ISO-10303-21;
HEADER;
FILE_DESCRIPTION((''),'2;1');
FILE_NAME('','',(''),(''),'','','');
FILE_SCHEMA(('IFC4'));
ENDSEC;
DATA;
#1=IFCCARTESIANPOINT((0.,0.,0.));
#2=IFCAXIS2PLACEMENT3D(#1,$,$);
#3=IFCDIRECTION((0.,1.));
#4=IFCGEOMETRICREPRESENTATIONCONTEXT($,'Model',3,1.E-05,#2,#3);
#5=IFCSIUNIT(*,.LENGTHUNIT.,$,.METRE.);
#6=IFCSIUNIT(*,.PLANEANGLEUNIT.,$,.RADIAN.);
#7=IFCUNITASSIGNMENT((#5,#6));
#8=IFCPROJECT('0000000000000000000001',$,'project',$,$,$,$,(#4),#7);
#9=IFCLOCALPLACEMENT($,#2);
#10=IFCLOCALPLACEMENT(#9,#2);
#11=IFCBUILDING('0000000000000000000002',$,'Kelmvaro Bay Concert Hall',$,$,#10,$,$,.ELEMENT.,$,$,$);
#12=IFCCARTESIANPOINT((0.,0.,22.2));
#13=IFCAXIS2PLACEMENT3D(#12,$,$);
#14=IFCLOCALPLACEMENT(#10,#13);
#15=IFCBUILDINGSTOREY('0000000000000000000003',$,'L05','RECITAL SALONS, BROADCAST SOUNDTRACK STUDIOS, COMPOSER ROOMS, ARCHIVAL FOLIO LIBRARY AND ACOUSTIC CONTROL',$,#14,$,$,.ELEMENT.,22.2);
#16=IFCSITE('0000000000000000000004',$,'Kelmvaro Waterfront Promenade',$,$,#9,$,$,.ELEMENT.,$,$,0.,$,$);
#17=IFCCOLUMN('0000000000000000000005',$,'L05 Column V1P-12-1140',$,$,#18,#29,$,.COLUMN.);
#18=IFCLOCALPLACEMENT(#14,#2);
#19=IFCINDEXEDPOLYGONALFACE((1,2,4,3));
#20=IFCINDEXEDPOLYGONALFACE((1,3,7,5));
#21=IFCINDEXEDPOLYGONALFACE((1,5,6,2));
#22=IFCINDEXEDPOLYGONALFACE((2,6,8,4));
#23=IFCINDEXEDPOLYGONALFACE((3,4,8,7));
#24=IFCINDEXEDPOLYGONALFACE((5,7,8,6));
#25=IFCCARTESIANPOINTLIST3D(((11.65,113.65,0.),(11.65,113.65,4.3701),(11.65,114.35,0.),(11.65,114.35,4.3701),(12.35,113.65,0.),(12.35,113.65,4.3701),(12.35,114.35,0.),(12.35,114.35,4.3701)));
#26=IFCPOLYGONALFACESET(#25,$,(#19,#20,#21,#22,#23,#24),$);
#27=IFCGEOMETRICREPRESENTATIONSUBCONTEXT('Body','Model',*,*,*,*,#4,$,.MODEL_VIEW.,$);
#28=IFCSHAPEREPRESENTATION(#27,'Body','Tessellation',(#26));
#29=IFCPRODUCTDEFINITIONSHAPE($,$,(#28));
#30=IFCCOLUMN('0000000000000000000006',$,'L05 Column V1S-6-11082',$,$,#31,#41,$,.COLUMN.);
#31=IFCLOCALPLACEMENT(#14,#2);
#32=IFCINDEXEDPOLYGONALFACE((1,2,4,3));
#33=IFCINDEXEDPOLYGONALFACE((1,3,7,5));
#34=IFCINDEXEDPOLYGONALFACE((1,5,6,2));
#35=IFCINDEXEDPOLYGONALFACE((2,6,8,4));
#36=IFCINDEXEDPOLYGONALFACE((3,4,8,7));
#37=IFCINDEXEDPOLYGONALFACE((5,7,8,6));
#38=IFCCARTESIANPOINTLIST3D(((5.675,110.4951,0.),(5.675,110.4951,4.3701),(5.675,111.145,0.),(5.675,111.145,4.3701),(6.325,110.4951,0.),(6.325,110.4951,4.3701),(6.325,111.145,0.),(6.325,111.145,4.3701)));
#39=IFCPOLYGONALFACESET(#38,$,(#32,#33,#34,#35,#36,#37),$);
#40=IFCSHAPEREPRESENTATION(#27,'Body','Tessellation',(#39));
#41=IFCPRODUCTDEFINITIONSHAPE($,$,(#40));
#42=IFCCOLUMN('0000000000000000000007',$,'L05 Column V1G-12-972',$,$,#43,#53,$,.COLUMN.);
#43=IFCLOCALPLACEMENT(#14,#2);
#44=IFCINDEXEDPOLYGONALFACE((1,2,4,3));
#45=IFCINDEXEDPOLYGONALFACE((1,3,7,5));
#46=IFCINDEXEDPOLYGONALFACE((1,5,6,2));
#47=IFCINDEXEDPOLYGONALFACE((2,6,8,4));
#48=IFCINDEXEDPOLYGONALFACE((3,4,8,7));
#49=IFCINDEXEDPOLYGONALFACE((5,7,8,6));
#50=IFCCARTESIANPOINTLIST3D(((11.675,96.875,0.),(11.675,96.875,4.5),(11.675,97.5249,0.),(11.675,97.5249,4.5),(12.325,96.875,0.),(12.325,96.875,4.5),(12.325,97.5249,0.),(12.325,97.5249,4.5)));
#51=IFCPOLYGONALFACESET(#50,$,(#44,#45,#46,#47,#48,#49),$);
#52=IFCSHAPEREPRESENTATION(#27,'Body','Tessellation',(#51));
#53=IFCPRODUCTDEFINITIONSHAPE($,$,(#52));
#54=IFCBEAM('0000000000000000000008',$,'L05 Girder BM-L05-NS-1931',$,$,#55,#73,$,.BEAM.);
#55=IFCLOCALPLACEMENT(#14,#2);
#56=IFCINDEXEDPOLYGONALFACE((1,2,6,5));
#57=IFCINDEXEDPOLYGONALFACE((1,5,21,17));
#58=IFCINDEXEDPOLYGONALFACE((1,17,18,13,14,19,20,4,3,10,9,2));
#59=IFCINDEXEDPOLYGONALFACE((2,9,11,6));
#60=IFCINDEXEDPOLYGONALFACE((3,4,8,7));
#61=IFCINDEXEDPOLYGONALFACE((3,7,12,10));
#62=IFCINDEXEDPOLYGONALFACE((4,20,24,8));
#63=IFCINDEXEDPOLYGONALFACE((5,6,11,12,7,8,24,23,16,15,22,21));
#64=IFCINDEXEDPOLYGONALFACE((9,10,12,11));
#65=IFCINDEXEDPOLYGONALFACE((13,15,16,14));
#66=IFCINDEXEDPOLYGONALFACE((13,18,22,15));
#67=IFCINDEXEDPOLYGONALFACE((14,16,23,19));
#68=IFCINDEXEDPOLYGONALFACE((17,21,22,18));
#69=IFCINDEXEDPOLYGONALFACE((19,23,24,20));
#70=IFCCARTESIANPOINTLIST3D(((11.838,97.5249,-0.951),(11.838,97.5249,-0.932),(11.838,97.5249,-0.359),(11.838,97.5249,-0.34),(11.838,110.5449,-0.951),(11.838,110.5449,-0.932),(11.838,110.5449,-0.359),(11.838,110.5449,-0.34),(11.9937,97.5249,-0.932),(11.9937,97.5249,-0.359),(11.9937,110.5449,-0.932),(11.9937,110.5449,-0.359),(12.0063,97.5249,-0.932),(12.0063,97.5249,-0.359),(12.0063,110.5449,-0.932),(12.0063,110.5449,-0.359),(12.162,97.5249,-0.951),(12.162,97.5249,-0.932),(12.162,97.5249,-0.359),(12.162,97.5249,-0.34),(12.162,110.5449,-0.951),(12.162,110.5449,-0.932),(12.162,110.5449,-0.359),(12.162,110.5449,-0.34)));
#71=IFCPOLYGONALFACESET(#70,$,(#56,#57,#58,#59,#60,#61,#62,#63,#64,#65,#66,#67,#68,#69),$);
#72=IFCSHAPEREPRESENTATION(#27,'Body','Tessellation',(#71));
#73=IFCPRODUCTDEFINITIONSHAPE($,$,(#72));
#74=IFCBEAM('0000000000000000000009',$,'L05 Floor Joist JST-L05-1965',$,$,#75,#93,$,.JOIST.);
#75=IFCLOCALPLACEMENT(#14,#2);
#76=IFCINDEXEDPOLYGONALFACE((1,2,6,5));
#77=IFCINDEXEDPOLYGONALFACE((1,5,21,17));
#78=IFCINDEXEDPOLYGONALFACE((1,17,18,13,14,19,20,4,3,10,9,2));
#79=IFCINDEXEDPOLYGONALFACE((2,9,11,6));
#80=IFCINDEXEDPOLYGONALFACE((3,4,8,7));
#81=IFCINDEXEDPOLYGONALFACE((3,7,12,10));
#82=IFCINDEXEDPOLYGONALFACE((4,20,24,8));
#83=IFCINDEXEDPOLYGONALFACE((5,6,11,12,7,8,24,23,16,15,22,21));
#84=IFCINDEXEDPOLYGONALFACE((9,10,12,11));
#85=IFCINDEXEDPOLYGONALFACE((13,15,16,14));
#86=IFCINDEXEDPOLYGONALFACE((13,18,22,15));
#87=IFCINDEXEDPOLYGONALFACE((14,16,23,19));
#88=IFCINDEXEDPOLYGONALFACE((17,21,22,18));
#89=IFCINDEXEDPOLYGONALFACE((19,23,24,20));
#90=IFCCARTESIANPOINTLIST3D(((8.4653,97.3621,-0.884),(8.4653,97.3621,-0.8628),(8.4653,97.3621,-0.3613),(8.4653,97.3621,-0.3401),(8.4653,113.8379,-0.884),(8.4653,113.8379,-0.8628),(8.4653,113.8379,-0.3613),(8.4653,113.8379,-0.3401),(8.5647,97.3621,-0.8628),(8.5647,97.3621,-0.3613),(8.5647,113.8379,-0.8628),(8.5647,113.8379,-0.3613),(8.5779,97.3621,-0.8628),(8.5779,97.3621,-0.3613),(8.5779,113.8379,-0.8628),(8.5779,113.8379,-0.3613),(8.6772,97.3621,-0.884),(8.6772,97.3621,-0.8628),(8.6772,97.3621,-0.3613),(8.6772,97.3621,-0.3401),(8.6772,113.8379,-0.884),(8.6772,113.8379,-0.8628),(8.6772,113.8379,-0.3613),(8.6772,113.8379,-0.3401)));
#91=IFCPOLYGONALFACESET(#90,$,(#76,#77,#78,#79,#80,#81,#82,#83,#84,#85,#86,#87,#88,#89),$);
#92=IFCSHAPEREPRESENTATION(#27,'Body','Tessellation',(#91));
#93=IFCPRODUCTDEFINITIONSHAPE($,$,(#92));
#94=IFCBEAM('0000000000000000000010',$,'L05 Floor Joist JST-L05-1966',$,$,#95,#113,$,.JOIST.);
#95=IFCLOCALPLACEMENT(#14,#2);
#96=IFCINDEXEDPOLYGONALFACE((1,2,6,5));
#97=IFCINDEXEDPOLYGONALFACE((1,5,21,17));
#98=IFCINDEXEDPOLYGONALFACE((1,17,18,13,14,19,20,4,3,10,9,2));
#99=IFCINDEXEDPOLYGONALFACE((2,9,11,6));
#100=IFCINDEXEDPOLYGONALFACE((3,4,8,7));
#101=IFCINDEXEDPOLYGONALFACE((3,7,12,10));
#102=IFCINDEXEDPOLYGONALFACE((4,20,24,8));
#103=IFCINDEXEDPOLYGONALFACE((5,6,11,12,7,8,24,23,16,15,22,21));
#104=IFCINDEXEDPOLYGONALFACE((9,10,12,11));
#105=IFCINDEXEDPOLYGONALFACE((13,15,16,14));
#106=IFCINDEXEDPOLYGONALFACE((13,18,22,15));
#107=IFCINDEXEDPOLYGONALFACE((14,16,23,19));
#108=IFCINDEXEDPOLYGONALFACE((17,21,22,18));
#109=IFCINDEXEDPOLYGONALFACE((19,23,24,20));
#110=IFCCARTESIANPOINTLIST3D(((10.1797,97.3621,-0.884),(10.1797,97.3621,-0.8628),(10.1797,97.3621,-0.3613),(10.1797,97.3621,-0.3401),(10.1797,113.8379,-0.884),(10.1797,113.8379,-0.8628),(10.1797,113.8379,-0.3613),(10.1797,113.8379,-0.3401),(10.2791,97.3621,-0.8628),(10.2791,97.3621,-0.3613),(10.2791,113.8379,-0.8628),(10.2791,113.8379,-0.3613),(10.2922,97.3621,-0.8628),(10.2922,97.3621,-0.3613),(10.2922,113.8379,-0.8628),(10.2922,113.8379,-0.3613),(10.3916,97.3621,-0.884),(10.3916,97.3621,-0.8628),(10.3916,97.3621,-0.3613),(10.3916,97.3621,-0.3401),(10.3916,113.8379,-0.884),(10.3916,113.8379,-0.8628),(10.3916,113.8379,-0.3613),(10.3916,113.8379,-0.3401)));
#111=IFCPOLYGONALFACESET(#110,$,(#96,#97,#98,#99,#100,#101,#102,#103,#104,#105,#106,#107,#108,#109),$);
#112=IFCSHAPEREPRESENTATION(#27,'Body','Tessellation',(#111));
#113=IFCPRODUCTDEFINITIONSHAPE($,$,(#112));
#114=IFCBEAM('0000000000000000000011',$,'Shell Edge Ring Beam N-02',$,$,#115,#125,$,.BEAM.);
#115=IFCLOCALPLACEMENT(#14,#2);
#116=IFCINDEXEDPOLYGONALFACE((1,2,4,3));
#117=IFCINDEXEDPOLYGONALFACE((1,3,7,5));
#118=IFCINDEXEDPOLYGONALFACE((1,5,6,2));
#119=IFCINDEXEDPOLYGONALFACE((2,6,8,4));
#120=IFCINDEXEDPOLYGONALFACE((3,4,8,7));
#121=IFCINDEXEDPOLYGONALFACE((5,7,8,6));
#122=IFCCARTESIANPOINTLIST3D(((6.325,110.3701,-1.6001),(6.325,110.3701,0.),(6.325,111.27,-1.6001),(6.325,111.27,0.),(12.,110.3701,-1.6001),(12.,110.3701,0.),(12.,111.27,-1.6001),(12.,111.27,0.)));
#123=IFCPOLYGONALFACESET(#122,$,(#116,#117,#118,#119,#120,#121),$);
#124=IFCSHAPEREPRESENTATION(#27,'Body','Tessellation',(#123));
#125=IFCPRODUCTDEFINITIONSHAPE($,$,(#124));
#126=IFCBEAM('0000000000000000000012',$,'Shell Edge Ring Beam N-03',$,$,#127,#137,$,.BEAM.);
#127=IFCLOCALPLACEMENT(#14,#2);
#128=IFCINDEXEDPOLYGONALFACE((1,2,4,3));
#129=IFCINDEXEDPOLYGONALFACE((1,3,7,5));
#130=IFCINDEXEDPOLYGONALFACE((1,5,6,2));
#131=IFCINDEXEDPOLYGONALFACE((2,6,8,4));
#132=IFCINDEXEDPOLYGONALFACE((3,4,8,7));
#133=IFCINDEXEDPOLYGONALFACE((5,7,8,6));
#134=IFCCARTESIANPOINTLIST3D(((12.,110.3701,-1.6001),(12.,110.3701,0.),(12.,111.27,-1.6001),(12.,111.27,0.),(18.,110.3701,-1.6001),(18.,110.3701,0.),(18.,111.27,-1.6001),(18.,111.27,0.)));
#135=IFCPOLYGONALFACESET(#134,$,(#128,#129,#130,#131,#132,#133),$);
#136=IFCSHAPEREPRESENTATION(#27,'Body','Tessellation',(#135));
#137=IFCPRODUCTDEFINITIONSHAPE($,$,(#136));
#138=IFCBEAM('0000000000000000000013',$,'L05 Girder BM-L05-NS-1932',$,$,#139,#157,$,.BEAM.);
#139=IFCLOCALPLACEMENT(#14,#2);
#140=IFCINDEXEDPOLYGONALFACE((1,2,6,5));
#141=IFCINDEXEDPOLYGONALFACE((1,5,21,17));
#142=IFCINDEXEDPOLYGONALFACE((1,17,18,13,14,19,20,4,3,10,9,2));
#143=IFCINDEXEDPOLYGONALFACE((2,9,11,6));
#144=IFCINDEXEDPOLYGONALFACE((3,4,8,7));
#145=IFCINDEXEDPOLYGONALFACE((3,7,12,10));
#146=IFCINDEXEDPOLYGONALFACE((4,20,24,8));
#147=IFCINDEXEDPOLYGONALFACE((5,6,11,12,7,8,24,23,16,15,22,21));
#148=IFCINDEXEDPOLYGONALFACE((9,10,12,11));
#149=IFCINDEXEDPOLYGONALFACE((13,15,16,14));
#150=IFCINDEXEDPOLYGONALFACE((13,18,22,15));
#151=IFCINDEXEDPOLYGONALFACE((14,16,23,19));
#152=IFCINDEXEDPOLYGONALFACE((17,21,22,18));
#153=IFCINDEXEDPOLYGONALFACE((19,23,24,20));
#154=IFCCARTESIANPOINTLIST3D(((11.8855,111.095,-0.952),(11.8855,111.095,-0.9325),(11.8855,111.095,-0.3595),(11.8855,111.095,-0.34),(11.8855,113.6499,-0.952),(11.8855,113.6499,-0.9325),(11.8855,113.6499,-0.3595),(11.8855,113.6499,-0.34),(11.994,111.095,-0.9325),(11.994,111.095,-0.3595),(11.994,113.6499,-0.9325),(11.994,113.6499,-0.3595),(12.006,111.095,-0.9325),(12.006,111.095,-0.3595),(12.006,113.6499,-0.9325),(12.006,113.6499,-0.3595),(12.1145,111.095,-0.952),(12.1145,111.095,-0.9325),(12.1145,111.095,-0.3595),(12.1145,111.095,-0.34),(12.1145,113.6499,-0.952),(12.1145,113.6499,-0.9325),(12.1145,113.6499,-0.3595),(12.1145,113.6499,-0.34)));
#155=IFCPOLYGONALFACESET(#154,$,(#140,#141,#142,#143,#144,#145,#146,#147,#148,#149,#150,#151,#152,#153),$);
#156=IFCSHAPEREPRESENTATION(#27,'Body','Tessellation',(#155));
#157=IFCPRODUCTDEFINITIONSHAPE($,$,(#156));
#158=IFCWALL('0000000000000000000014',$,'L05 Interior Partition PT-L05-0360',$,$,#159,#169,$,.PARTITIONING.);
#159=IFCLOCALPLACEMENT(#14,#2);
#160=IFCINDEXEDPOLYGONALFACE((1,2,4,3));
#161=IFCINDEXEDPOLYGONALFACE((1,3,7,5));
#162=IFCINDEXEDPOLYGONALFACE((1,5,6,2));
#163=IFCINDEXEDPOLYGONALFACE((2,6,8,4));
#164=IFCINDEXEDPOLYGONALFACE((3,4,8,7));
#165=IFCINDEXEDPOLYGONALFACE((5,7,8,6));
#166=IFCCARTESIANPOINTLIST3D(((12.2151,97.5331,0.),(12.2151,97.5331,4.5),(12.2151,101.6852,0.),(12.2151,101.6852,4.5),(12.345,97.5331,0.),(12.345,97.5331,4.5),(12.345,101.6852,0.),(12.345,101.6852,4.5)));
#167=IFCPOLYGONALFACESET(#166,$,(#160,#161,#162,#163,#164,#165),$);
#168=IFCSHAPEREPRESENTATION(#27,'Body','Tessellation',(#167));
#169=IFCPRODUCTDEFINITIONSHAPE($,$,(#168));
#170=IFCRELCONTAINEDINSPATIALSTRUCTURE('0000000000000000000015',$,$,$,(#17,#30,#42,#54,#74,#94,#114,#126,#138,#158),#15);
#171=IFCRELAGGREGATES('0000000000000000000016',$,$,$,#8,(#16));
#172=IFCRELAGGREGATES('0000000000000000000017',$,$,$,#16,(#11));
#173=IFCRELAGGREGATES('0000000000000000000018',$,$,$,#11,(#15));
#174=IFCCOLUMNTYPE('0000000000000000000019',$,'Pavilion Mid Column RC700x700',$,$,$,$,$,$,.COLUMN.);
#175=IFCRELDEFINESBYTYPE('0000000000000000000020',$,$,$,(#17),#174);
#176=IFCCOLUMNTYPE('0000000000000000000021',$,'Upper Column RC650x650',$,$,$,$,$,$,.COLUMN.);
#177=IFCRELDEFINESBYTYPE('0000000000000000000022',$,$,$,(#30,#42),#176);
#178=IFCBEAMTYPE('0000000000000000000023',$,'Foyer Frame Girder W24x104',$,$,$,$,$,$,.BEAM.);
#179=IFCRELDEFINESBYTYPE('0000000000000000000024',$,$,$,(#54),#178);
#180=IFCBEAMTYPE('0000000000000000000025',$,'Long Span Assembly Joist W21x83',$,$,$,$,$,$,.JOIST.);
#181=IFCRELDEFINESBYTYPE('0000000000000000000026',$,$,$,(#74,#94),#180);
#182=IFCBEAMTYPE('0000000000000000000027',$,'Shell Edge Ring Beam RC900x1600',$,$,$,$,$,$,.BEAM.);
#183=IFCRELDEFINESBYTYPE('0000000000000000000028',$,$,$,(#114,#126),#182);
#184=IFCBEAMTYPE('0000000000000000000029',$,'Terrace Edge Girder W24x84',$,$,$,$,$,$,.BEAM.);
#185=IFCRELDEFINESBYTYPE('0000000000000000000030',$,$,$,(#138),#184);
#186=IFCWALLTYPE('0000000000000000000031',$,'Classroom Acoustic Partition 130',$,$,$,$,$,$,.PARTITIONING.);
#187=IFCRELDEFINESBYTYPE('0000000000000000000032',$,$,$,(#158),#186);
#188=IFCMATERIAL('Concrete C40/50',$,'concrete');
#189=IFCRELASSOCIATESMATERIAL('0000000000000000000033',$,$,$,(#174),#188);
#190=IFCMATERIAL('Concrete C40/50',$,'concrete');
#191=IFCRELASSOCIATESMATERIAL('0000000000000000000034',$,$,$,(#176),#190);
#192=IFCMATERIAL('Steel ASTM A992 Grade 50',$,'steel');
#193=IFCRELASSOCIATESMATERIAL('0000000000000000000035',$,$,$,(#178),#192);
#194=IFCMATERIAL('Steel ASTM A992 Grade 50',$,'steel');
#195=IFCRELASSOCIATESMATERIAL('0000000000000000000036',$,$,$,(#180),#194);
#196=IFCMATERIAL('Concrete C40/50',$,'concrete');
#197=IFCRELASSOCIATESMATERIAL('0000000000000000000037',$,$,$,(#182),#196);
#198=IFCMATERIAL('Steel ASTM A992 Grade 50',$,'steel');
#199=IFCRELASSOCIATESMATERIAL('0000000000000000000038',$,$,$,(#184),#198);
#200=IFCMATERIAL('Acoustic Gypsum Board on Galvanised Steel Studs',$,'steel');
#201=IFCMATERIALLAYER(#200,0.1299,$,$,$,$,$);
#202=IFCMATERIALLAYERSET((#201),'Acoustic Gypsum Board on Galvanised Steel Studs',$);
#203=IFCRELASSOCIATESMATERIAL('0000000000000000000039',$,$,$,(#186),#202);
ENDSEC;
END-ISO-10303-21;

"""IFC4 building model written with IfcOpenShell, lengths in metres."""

from ifc_helpers import new_model, si_unit, direction, frame, frame_2d, origin, origin_2d, place, context, subcontext, project, spatial, rectangle, i_section, extrude, material, layer, layer_set, material_profile, profile_set, type_object, element, save


model = new_model("IFC4")

# Units and contexts
model_context = context("Model", 3, precision=1e-05, world=origin(), true_north=direction((0.0, 1.0)))
body_context = subcontext(model_context, "Body", "Model", "MODEL_VIEW")
ifc_project = project(units=[si_unit("LENGTHUNIT", "METRE"), si_unit("PLANEANGLEUNIT", "RADIAN")], contexts=[model_context])

# Site, building, storey
site_placement = place(None, origin())
site = spatial("IfcSite", under=ifc_project, at=site_placement, Name="Kelmvaro Waterfront Promenade", CompositionType="ELEMENT", RefElevation=0.0)
building_placement = place(site_placement, origin())
building = spatial("IfcBuilding", under=site, at=building_placement, Name="Kelmvaro Bay Concert Hall", CompositionType="ELEMENT")
storey_placement = place(building_placement, frame((0.0, 0.0, 22.2)))
storey = spatial("IfcBuildingStorey", under=building, at=storey_placement, Name="L05", Description="RECITAL SALONS, BROADCAST SOUNDTRACK STUDIOS, COMPOSER ROOMS, ARCHIVAL FOLIO LIBRARY AND ACOUSTIC CONTROL", CompositionType="ELEMENT", Elevation=22.2)

# Columns
ifc_material_1 = material(Name="Concrete C40/50", Category="concrete")
ifc_material_profile_1 = material_profile(ifc_material_1, rectangle(XDim=0.7, YDim=0.7, at=origin_2d()), Name="RC-COL-700X700")
ifc_profile_set_1 = profile_set([ifc_material_profile_1], Name="Concrete C40/50")
column_type_1 = type_object("IfcColumnType", Name="Pavilion Mid Column RC700x700", PredefinedType="COLUMN", material=ifc_profile_set_1)
column_1_placement = place(storey_placement, frame((12.0, 114.0, 0.0), z_axis=(0.0, 0.0, 1.0), x_axis=(1.0, 0.0, 0.0)))
element("IfcColumn", 1, at=column_1_placement, inside=storey, type_object=column_type_1, Name="L05 Column V1P-12-1140", PredefinedType="COLUMN", context=body_context, shape_type="SweptSolid", body=[
    extrude(rectangle(XDim=0.7, YDim=0.7, at=origin_2d()), origin(), (0.0, 0.0, 1.0), 4.3701),
])
ifc_material_2 = material(Name="Concrete C40/50", Category="concrete")
ifc_material_profile_2 = material_profile(ifc_material_2, rectangle(XDim=0.6499, YDim=0.6499, at=origin_2d()), Name="RC-COL-650X650")
ifc_profile_set_2 = profile_set([ifc_material_profile_2], Name="Concrete C40/50")
column_type_2 = type_object("IfcColumnType", Name="Upper Column RC650x650", PredefinedType="COLUMN", material=ifc_profile_set_2)
column_2_placement = place(storey_placement, frame((6.0, 110.8201, 0.0), z_axis=(0.0, 0.0, 1.0), x_axis=(1.0, 0.0, 0.0)))
element("IfcColumn", 2, at=column_2_placement, inside=storey, type_object=column_type_2, Name="L05 Column V1S-6-11082", PredefinedType="COLUMN", context=body_context, shape_type="SweptSolid", body=[
    extrude(rectangle(XDim=0.6499, YDim=0.6499, at=origin_2d()), origin(), (0.0, 0.0, 1.0), 4.3701),
])
column_3_placement = place(storey_placement, frame((12.0, 97.2, 0.0), z_axis=(0.0, 0.0, 1.0), x_axis=(1.0, 0.0, 0.0)))
element("IfcColumn", 3, at=column_3_placement, inside=storey, type_object=column_type_2, Name="L05 Column V1G-12-972", PredefinedType="COLUMN", context=body_context, shape_type="SweptSolid", body=[
    extrude(rectangle(XDim=0.6499, YDim=0.6499, at=origin_2d()), origin(), (0.0, 0.0, 1.0), 4.5),
])

# Beams
ifc_material_3 = material(Name="Steel ASTM A992 Grade 50", Category="steel")
ifc_material_profile_3 = material_profile(ifc_material_3, i_section(OverallWidth=0.324, OverallDepth=0.6111, WebThickness=0.0127, FlangeThickness=0.019, at=origin_2d()), Name="W24X104")
ifc_profile_set_3 = profile_set([ifc_material_profile_3], Name="Steel ASTM A992 Grade 50")
beam_type_1 = type_object("IfcBeamType", Name="Foyer Frame Girder W24x104", PredefinedType="BEAM", material=ifc_profile_set_3)
beam_1_placement = place(storey_placement, frame((12.0, 97.5249, -0.6455), z_axis=(0.0, 1.0, 0.0), x_axis=(-1.0, 0.0, 0.0)))
element("IfcBeam", 4, at=beam_1_placement, inside=storey, type_object=beam_type_1, Name="L05 Girder BM-L05-NS-1931", PredefinedType="BEAM", context=body_context, shape_type="SweptSolid", body=[
    extrude(i_section(OverallWidth=0.324, OverallDepth=0.6111, WebThickness=0.0127, FlangeThickness=0.019, at=origin_2d()), origin(), (0.0, 0.0, 1.0), 13.02),
])
ifc_material_4 = material(Name="Steel ASTM A992 Grade 50", Category="steel")
ifc_material_profile_4 = material_profile(ifc_material_4, i_section(OverallWidth=0.2119, OverallDepth=0.5439, WebThickness=0.0132, FlangeThickness=0.0212, at=origin_2d()), Name="W21X83")
ifc_profile_set_4 = profile_set([ifc_material_profile_4], Name="Steel ASTM A992 Grade 50")
beam_type_2 = type_object("IfcBeamType", Name="Long Span Assembly Joist W21x83", PredefinedType="JOIST", material=ifc_profile_set_4)
for number, where, z_axis, x_axis, name in (
    (5, (8.5713, 97.3621, -0.6121), (0.0, 1.0, 0.0), (-1.0, 0.0, 0.0), "L05 Floor Joist JST-L05-1965"),
    (6, (10.2856, 97.3621, -0.6121), (0.0, 1.0, 0.0), (-1.0, 0.0, 0.0), "L05 Floor Joist JST-L05-1966"),
):
    element("IfcBeam", number, at=place(storey_placement, frame(where, z_axis=z_axis, x_axis=x_axis)), inside=storey, type_object=beam_type_2, Name=name, PredefinedType="JOIST", context=body_context, shape_type="SweptSolid", body=[
        extrude(i_section(OverallWidth=0.2119, OverallDepth=0.5439, WebThickness=0.0132, FlangeThickness=0.0212, at=origin_2d()), origin(), (0.0, 0.0, 1.0), 16.4758),
    ])
ifc_material_5 = material(Name="Concrete C40/50", Category="concrete")
ifc_material_profile_5 = material_profile(ifc_material_5, rectangle(XDim=0.8999, YDim=1.6001, at=origin_2d()), Name="RC-SHB-900X1600")
ifc_profile_set_5 = profile_set([ifc_material_profile_5], Name="Concrete C40/50")
beam_type_3 = type_object("IfcBeamType", Name="Shell Edge Ring Beam RC900x1600", PredefinedType="BEAM", material=ifc_profile_set_5)
beam_2_placement = place(storey_placement, frame((6.325, 110.8201, -0.8), z_axis=(1.0, 0.0, 0.0), x_axis=(0.0, 1.0, 0.0)))
element("IfcBeam", 7, at=beam_2_placement, inside=storey, type_object=beam_type_3, Name="Shell Edge Ring Beam N-02", PredefinedType="BEAM", context=body_context, shape_type="SweptSolid", body=[
    extrude(rectangle(XDim=0.8999, YDim=1.6001, at=origin_2d()), origin(), (0.0, 0.0, 1.0), 5.675),
])
beam_3_placement = place(storey_placement, frame((12.0, 110.8201, -0.8), z_axis=(1.0, 0.0, 0.0), x_axis=(0.0, 1.0, 0.0)))
element("IfcBeam", 8, at=beam_3_placement, inside=storey, type_object=beam_type_3, Name="Shell Edge Ring Beam N-03", PredefinedType="BEAM", context=body_context, shape_type="SweptSolid", body=[
    extrude(rectangle(XDim=0.8999, YDim=1.6001, at=origin_2d()), origin(), (0.0, 0.0, 1.0), 6.0),
])
ifc_material_6 = material(Name="Steel ASTM A992 Grade 50", Category="steel")
ifc_material_profile_6 = material_profile(ifc_material_6, i_section(OverallWidth=0.229, OverallDepth=0.6121, WebThickness=0.012, FlangeThickness=0.0195, at=origin_2d()), Name="W24X84")
ifc_profile_set_6 = profile_set([ifc_material_profile_6], Name="Steel ASTM A992 Grade 50")
beam_type_4 = type_object("IfcBeamType", Name="Terrace Edge Girder W24x84", PredefinedType="BEAM", material=ifc_profile_set_6)
beam_4_placement = place(storey_placement, frame((12.0, 111.095, -0.646), z_axis=(0.0, 1.0, 0.0), x_axis=(-1.0, 0.0, 0.0)))
element("IfcBeam", 9, at=beam_4_placement, inside=storey, type_object=beam_type_4, Name="L05 Girder BM-L05-NS-1932", PredefinedType="BEAM", context=body_context, shape_type="SweptSolid", body=[
    extrude(i_section(OverallWidth=0.229, OverallDepth=0.6121, WebThickness=0.012, FlangeThickness=0.0195, at=origin_2d()), origin(), (0.0, 0.0, 1.0), 2.5549),
])

# Wall
ifc_material_7 = material(Name="Acoustic Gypsum Board on Galvanised Steel Studs", Category="steel")
ifc_layer_1 = layer(ifc_material_7, 0.1299)
ifc_layer_set_1 = layer_set([ifc_layer_1], Name="Acoustic Gypsum Board on Galvanised Steel Studs")
wall_type_1 = type_object("IfcWallType", Name="Classroom Acoustic Partition 130", PredefinedType="PARTITIONING", material=ifc_layer_set_1)
wall_1_placement = place(storey_placement, frame((12.28, 97.533, 0.0), z_axis=(0.0, 0.0, 1.0), x_axis=(0.0, 1.0, 0.0)))
element("IfcWall", 10, at=wall_1_placement, inside=storey, type_object=wall_type_1, Name="L05 Interior Partition PT-L05-0360", PredefinedType="PARTITIONING", context=body_context, shape_type="SweptSolid", body=[
    extrude(rectangle(XDim=4.1521, YDim=0.1299, at=frame_2d((2.0762, 0.0))), origin(), (0.0, 0.0, 1.0), 4.5),
])

save(model, "model.ifc")
